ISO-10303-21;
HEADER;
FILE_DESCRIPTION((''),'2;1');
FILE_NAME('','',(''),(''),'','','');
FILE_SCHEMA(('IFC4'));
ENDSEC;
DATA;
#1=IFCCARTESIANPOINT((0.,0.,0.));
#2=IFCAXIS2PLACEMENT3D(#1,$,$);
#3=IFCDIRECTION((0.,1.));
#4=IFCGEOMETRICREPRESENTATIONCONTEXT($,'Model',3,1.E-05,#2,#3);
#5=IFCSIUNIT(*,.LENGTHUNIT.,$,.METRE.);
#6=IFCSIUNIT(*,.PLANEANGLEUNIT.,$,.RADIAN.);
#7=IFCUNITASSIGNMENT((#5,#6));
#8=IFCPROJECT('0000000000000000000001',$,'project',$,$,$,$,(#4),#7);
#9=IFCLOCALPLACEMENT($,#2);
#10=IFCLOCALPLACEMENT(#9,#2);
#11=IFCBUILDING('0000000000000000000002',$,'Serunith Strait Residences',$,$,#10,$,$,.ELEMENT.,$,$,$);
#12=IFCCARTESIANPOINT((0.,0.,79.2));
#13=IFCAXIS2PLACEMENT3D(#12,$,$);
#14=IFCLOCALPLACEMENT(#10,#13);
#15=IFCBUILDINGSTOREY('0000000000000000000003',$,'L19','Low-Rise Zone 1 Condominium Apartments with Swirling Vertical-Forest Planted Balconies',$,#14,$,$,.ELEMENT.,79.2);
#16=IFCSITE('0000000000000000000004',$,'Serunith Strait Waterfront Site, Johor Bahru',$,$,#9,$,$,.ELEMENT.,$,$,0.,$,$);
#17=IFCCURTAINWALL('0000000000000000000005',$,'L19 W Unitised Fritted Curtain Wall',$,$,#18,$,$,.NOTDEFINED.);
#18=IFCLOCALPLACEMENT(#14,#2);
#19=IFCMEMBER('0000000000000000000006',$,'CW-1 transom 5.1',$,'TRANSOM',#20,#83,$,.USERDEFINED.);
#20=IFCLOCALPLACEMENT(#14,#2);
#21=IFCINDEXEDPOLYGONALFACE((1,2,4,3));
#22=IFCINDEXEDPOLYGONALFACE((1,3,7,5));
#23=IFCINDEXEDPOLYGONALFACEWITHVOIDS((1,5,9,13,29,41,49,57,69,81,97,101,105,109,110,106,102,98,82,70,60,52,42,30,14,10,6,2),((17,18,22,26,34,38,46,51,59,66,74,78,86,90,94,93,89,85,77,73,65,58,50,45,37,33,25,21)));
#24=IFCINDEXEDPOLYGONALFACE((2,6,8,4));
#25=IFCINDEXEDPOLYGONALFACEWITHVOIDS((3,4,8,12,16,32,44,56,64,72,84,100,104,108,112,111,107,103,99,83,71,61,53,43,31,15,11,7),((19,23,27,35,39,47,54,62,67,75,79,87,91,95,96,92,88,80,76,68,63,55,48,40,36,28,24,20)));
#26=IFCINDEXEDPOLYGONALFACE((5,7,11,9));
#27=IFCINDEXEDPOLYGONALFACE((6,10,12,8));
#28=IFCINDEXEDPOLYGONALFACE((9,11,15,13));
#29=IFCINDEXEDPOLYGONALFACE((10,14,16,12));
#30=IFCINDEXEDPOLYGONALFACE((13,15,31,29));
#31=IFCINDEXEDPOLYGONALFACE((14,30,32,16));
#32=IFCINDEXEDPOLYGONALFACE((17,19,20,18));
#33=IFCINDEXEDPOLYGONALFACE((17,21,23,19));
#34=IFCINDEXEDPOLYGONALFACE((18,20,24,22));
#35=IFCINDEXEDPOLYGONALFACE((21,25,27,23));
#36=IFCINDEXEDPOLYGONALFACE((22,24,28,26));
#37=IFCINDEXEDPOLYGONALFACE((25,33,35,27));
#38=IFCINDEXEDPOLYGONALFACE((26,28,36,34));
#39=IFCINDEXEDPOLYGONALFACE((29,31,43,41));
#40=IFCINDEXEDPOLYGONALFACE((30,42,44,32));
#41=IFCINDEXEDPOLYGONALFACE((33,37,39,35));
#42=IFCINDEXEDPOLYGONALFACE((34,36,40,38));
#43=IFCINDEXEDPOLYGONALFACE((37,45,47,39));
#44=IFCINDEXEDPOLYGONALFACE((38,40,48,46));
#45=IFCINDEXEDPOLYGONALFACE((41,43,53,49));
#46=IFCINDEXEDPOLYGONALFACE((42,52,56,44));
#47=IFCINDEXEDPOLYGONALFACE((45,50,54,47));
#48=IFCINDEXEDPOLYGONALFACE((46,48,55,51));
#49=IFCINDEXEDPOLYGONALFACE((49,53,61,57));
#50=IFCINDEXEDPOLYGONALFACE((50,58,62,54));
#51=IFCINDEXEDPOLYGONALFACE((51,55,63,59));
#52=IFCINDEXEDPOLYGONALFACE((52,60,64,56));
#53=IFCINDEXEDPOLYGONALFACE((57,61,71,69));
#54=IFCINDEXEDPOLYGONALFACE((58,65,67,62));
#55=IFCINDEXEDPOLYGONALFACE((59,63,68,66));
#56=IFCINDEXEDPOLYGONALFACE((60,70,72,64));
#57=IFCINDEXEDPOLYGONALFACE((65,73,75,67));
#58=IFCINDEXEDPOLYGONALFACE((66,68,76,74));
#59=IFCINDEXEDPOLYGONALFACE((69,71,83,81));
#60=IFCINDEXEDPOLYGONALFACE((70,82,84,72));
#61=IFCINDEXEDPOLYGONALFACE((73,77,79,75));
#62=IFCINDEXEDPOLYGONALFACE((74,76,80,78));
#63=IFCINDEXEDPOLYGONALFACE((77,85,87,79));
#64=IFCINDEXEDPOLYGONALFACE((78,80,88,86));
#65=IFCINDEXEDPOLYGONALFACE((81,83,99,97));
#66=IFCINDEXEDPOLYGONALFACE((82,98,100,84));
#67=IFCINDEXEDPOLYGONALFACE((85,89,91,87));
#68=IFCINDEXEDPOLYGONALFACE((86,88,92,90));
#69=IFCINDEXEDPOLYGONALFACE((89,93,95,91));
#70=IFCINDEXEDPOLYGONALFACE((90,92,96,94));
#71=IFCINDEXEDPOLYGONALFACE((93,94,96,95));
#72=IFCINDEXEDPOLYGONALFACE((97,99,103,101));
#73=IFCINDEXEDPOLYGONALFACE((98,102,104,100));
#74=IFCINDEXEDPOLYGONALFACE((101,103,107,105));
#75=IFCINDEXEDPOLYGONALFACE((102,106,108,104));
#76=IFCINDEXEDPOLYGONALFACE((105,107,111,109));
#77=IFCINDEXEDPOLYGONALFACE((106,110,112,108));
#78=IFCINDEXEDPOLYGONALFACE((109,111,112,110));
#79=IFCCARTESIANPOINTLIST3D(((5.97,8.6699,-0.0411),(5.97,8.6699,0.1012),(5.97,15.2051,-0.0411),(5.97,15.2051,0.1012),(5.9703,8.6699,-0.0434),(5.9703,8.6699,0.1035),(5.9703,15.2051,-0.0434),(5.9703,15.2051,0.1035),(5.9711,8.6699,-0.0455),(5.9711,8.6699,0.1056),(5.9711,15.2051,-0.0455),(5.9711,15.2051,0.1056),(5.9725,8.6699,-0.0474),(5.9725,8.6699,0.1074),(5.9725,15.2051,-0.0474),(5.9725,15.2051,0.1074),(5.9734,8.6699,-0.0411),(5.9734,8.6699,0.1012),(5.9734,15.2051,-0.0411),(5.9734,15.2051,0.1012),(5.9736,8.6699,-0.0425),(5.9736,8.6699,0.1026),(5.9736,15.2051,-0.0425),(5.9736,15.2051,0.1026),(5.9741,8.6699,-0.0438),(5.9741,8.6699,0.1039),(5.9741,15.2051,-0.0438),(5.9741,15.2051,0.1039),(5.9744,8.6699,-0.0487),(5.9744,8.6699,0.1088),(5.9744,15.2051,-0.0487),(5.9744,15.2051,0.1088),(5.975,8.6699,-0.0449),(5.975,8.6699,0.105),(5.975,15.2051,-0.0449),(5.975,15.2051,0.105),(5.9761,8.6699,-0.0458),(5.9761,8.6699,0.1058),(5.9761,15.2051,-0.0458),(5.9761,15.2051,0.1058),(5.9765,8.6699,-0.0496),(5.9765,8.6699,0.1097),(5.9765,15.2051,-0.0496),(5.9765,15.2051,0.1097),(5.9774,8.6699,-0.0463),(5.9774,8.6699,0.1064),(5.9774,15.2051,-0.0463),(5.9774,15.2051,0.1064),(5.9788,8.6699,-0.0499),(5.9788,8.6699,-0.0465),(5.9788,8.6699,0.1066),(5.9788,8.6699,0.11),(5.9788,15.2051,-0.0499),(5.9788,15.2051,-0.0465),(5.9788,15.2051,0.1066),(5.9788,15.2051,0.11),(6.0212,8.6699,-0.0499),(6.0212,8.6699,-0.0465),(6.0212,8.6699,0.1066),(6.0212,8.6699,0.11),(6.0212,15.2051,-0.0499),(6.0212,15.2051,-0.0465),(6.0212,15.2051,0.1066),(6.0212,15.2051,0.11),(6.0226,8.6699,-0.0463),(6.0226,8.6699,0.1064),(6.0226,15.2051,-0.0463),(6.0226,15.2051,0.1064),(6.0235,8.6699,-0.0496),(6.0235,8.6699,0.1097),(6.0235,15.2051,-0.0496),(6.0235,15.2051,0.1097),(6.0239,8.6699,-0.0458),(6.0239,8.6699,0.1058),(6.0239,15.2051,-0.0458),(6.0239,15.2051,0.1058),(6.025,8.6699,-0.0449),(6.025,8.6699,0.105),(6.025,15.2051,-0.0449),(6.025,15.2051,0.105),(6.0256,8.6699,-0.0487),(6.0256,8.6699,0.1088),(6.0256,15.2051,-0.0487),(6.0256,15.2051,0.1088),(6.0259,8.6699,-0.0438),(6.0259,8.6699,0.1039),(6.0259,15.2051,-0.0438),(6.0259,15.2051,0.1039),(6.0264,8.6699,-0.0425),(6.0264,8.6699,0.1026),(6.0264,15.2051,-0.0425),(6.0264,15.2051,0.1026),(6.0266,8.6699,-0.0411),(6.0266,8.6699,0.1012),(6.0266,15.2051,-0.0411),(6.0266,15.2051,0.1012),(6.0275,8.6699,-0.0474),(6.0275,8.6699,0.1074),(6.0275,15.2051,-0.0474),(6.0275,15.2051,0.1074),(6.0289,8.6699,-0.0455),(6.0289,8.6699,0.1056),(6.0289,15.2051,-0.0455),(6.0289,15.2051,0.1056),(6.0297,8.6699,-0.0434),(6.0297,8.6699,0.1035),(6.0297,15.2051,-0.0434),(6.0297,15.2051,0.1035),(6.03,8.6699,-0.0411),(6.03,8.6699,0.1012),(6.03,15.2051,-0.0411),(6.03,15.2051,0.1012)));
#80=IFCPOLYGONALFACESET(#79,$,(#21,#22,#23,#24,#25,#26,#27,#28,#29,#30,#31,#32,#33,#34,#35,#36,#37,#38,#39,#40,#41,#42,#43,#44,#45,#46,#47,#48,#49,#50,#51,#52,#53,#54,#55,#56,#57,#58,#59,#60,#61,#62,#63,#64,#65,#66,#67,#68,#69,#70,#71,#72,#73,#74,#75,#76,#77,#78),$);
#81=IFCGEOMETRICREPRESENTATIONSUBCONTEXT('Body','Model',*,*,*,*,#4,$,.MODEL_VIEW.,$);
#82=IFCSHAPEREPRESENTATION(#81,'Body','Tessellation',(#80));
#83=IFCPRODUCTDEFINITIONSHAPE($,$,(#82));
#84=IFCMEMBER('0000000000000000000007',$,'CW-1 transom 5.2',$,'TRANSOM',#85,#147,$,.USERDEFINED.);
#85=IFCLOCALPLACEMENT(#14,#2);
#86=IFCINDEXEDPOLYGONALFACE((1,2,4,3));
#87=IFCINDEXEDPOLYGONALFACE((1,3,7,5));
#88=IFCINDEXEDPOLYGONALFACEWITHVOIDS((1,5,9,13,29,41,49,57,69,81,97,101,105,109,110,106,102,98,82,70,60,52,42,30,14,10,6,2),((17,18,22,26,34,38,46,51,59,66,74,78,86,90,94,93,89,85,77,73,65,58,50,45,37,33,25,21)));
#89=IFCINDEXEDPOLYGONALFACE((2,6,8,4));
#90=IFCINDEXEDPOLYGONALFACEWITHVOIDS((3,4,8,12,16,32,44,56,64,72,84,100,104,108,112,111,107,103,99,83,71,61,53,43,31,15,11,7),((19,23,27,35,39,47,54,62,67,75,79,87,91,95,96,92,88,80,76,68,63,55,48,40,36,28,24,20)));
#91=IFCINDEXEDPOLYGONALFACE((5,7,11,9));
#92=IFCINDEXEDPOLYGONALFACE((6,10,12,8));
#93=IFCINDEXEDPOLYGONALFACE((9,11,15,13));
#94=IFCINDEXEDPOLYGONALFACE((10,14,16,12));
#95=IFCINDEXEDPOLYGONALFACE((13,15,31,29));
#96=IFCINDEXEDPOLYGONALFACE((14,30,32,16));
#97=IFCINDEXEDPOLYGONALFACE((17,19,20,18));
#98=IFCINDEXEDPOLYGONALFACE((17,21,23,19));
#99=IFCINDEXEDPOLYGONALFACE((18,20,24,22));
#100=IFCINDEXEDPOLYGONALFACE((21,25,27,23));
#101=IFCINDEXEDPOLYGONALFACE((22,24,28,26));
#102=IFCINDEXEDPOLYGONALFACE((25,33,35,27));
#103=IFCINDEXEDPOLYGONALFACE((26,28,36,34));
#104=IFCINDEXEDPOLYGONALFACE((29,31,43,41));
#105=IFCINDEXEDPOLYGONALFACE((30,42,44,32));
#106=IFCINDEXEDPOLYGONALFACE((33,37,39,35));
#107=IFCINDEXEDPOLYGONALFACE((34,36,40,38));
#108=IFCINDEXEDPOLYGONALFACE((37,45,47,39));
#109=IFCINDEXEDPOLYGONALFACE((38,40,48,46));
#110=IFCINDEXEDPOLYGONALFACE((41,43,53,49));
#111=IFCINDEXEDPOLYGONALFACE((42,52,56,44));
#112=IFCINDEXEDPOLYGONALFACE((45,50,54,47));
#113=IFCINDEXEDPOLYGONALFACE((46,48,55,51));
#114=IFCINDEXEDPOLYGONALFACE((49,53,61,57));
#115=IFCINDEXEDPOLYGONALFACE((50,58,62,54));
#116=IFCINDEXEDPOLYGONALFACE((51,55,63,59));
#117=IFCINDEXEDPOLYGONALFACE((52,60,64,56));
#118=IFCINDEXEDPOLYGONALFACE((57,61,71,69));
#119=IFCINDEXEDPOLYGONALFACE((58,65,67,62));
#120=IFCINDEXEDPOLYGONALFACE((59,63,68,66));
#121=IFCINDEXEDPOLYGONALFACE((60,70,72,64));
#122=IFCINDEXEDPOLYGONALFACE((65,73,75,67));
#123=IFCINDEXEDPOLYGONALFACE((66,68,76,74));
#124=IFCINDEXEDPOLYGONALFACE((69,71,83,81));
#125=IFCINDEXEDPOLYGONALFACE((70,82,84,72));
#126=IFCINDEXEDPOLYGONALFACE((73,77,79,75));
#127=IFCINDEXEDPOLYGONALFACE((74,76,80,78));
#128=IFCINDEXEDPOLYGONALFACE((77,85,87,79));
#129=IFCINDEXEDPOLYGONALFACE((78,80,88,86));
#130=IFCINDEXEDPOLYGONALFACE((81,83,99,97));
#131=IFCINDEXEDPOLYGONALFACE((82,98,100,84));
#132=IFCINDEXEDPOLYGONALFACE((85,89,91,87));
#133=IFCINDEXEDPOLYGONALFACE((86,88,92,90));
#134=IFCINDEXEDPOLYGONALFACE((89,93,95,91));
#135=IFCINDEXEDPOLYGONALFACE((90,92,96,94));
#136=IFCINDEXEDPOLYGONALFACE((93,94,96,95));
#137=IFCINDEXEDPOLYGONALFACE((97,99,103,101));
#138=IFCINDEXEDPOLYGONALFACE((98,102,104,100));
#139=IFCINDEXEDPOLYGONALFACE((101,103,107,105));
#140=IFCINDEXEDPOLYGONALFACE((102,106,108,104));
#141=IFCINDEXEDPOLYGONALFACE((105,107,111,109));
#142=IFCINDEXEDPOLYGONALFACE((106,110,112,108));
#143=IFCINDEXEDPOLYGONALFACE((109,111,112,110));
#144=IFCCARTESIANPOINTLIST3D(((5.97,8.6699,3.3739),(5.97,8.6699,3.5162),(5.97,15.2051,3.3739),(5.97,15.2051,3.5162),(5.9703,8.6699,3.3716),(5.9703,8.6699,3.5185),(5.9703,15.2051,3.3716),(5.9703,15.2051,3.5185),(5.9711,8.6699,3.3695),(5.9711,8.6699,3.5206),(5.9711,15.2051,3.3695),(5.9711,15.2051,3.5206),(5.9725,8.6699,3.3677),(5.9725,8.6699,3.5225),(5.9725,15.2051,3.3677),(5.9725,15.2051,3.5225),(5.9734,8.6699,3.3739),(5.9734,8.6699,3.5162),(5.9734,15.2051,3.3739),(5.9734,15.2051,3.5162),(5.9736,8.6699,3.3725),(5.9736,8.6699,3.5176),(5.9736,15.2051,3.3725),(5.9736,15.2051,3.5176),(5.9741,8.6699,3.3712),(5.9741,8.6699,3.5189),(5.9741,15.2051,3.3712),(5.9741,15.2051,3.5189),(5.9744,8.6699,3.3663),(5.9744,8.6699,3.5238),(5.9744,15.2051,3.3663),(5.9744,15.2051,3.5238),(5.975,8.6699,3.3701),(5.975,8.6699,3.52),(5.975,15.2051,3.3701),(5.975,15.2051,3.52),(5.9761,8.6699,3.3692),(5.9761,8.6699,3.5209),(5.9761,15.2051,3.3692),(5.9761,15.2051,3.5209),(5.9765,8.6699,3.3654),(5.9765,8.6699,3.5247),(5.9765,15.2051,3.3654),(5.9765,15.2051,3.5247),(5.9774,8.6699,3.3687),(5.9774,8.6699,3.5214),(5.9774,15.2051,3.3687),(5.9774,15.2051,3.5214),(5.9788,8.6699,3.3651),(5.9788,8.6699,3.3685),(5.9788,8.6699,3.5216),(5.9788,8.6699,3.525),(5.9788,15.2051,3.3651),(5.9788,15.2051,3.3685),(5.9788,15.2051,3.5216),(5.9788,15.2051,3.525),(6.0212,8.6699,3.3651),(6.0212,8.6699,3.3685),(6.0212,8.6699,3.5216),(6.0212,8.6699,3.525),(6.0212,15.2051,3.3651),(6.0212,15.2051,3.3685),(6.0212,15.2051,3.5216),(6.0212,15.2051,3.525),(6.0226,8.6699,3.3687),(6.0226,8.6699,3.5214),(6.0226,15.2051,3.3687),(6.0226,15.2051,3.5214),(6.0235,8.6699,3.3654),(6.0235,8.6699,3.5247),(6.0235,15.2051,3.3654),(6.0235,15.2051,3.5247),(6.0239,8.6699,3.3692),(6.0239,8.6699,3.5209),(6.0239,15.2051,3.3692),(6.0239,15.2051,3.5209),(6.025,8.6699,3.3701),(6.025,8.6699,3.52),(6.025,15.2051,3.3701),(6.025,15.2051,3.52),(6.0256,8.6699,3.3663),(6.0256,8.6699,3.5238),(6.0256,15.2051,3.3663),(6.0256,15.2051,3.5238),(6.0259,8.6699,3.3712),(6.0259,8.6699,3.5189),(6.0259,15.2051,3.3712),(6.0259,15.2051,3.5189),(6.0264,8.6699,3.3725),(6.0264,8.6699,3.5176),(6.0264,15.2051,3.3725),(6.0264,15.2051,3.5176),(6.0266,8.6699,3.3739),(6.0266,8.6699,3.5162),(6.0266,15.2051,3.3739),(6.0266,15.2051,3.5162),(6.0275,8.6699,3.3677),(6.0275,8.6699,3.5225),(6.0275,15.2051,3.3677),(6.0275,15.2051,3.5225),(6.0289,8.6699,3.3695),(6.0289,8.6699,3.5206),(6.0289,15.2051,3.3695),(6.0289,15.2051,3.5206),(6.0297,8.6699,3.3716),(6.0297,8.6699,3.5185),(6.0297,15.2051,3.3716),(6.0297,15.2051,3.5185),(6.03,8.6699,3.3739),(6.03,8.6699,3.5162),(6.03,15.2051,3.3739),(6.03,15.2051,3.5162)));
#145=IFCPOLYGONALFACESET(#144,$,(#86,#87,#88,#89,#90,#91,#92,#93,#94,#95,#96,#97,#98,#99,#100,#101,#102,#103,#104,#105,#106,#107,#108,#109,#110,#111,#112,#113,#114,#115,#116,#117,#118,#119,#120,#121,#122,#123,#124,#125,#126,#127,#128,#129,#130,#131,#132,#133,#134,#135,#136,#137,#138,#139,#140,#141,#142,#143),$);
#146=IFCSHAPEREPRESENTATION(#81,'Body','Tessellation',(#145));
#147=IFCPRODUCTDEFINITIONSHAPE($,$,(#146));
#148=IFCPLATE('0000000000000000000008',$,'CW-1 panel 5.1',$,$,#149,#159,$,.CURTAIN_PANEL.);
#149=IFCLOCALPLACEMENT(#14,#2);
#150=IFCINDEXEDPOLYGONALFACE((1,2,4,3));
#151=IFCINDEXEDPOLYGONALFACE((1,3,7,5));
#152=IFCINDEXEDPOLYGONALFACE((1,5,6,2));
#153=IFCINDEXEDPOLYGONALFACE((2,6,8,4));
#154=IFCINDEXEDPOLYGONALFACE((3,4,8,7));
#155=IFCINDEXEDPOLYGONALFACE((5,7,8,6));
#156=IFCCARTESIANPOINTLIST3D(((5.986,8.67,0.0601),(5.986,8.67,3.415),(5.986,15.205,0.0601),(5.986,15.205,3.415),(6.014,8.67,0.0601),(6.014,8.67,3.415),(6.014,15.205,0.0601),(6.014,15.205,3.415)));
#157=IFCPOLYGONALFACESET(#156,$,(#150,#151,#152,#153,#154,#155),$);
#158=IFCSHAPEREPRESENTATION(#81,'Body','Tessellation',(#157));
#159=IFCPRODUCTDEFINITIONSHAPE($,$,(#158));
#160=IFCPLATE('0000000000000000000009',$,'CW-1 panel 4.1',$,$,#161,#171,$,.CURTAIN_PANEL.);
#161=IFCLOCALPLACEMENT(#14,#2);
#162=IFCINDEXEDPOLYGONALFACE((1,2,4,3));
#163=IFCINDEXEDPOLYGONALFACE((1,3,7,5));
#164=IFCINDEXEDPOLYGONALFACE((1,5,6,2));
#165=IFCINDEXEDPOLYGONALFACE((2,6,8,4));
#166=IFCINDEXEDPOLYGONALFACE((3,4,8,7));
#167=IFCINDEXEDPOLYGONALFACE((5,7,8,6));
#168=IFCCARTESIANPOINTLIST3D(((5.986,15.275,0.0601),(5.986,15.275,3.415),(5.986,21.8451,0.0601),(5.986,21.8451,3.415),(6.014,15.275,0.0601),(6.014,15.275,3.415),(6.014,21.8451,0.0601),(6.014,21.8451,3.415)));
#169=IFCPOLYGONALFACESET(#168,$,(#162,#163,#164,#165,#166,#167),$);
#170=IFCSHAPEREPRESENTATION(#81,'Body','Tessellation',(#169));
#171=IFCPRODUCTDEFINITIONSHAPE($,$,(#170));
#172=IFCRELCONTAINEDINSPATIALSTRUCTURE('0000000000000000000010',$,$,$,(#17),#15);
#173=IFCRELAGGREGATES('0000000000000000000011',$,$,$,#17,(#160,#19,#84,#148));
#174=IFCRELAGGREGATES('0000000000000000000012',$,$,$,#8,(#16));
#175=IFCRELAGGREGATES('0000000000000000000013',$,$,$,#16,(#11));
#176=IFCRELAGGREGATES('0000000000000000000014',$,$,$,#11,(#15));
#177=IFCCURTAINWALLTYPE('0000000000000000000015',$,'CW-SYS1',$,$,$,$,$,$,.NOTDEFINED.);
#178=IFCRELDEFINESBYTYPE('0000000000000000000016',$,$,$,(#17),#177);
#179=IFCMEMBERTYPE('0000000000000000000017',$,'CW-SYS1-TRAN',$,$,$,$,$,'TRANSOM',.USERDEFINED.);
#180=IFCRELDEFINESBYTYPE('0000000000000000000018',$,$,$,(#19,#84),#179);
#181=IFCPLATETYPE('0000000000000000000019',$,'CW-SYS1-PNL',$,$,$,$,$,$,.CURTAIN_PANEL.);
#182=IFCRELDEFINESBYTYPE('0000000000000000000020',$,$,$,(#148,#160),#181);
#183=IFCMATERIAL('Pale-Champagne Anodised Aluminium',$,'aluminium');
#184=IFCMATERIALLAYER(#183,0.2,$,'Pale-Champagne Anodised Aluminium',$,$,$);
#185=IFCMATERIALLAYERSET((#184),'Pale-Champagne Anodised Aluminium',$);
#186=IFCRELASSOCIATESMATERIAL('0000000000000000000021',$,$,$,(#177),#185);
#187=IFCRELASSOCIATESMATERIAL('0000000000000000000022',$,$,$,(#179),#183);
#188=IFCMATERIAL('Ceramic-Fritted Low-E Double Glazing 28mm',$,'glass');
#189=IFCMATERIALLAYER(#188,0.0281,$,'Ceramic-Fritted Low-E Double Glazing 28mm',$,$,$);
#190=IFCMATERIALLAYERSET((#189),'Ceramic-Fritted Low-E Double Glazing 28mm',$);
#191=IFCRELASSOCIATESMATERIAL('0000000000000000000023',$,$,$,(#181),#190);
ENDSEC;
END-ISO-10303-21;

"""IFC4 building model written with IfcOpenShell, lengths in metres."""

from ifc_helpers import new_model, si_unit, direction, frame, origin, origin_2d, place, context, subcontext, project, spatial, rectangle, hollow_rectangle, extrude, source, transform, mapped, material, layer, layer_set, material_profile, profile_set, type_object, element, aggregate, save


model = new_model("IFC4")

# Units and contexts
model_context = context("Model", 3, precision=1e-05, world=origin(), true_north=direction((0.0, 1.0)))
body_context = subcontext(model_context, "Body", "Model", "MODEL_VIEW")
ifc_project = project(units=[si_unit("LENGTHUNIT", "METRE"), si_unit("PLANEANGLEUNIT", "RADIAN")], contexts=[model_context])

# Site, building, storey
site_placement = place(None, origin())
site = spatial("IfcSite", under=ifc_project, at=site_placement, Name="Serunith Strait Waterfront Site, Johor Bahru", CompositionType="ELEMENT", RefElevation=0.0)
building_placement = place(site_placement, origin())
building = spatial("IfcBuilding", under=site, at=building_placement, Name="Serunith Strait Residences", CompositionType="ELEMENT")
storey_placement = place(building_placement, frame((0.0, 0.0, 79.2)))
storey = spatial("IfcBuildingStorey", under=building, at=storey_placement, Name="L19", Description="Low-Rise Zone 1 Condominium Apartments with Swirling Vertical-Forest Planted Balconies", CompositionType="ELEMENT", Elevation=79.2)

# Curtain wall, members, plates
ifc_material_1 = material(Name="Pale-Champagne Anodised Aluminium", Category="aluminium")
ifc_layer_1 = layer(ifc_material_1, 0.2, Name="Pale-Champagne Anodised Aluminium")
ifc_layer_set_1 = layer_set([ifc_layer_1], Name="Pale-Champagne Anodised Aluminium")
curtain_wall_type = type_object("IfcCurtainWallType", Name="CW-SYS1", PredefinedType="NOTDEFINED", material=ifc_layer_set_1)
curtain_wall_placement = place(storey_placement, origin())
curtain_wall = element("IfcCurtainWall", 1, at=curtain_wall_placement, inside=storey, type_object=curtain_wall_type, Name="L19 W Unitised Fritted Curtain Wall", PredefinedType="NOTDEFINED")
ifc_material_profile_1 = material_profile(ifc_material_1, hollow_rectangle(XDim=0.0601, YDim=0.1599, WallThickness=0.0034, InnerFilletRadius=0.0054, OuterFilletRadius=0.0088, at=origin_2d()), Name="ALU 160x60x3.5")
ifc_profile_set_1 = profile_set([ifc_material_profile_1], Name="Pale-Champagne Anodised Aluminium")
member_type_1 = type_object("IfcMemberType", Name="CW-SYS1-TRAN", ElementType="TRANSOM", PredefinedType="USERDEFINED", material=ifc_profile_set_1)
shared_shape_1 = source(origin(), body_context, "Body", "SweptSolid", [
    extrude(hollow_rectangle(XDim=0.0601, YDim=0.1599, WallThickness=0.0034, InnerFilletRadius=0.0054, OuterFilletRadius=0.0088, at=origin_2d()), origin(), (0.0, 0.0, 1.0), 6.5352),
])
member_1_placement = place(storey_placement, frame((6.0, 15.2051, 0.03), z_axis=(0.0, -1.0, 0.0), x_axis=(1.0, 0.0, 0.0)))
member_1 = element("IfcMember", 2, at=member_1_placement, type_object=member_type_1, Name="CW-1 transom 5.1", ObjectType="TRANSOM", PredefinedType="USERDEFINED", context=body_context, shape_type="MappedRepresentation", body=[
    mapped(shared_shape_1, transform((0.0, 0.0, 0.0), scale=1.0)),
])
member_2_placement = place(storey_placement, frame((6.0, 15.2051, 3.4451), z_axis=(0.0, -1.0, 0.0), x_axis=(1.0, 0.0, 0.0)))
member_2 = element("IfcMember", 3, at=member_2_placement, type_object=member_type_1, Name="CW-1 transom 5.2", ObjectType="TRANSOM", PredefinedType="USERDEFINED", context=body_context, shape_type="MappedRepresentation", body=[
    mapped(shared_shape_1, transform((0.0, 0.0, 0.0), scale=1.0)),
])
ifc_material_2 = material(Name="Ceramic-Fritted Low-E Double Glazing 28mm", Category="glass")
ifc_layer_2 = layer(ifc_material_2, 0.0281, Name="Ceramic-Fritted Low-E Double Glazing 28mm")
ifc_layer_set_2 = layer_set([ifc_layer_2], Name="Ceramic-Fritted Low-E Double Glazing 28mm")
plate_type = type_object("IfcPlateType", Name="CW-SYS1-PNL", PredefinedType="CURTAIN_PANEL", material=ifc_layer_set_2)
shared_shape_2 = source(origin(), body_context, "Body", "SweptSolid", [
    extrude(rectangle(XDim=6.5349, YDim=0.0281, at=origin_2d()), origin(), (0.0, 0.0, 1.0), 3.355),
])
plate_1_placement = place(storey_placement, frame((6.0, 11.9375, 0.0601), z_axis=(0.0, 0.0, 1.0), x_axis=(0.0, -1.0, 0.0)))
plate_1 = element("IfcPlate", 4, at=plate_1_placement, type_object=plate_type, Name="CW-1 panel 5.1", PredefinedType="CURTAIN_PANEL", context=body_context, shape_type="MappedRepresentation", body=[
    mapped(shared_shape_2, transform((0.0, 0.0, 0.0), scale=1.0)),
])
shared_shape_3 = source(origin(), body_context, "Body", "SweptSolid", [
    extrude(rectangle(XDim=6.5701, YDim=0.0281, at=origin_2d()), origin(), (0.0, 0.0, 1.0), 3.355),
])
plate_2_placement = place(storey_placement, frame((6.0, 18.5601, 0.0601), z_axis=(0.0, 0.0, 1.0), x_axis=(0.0, -1.0, 0.0)))
plate_2 = element("IfcPlate", 5, at=plate_2_placement, type_object=plate_type, Name="CW-1 panel 4.1", PredefinedType="CURTAIN_PANEL", context=body_context, shape_type="MappedRepresentation", body=[
    mapped(shared_shape_3, transform((0.0, 0.0, 0.0), scale=1.0)),
])
aggregate(curtain_wall, [plate_2, member_1, member_2, plate_1])

save(model, "model.ifc")
